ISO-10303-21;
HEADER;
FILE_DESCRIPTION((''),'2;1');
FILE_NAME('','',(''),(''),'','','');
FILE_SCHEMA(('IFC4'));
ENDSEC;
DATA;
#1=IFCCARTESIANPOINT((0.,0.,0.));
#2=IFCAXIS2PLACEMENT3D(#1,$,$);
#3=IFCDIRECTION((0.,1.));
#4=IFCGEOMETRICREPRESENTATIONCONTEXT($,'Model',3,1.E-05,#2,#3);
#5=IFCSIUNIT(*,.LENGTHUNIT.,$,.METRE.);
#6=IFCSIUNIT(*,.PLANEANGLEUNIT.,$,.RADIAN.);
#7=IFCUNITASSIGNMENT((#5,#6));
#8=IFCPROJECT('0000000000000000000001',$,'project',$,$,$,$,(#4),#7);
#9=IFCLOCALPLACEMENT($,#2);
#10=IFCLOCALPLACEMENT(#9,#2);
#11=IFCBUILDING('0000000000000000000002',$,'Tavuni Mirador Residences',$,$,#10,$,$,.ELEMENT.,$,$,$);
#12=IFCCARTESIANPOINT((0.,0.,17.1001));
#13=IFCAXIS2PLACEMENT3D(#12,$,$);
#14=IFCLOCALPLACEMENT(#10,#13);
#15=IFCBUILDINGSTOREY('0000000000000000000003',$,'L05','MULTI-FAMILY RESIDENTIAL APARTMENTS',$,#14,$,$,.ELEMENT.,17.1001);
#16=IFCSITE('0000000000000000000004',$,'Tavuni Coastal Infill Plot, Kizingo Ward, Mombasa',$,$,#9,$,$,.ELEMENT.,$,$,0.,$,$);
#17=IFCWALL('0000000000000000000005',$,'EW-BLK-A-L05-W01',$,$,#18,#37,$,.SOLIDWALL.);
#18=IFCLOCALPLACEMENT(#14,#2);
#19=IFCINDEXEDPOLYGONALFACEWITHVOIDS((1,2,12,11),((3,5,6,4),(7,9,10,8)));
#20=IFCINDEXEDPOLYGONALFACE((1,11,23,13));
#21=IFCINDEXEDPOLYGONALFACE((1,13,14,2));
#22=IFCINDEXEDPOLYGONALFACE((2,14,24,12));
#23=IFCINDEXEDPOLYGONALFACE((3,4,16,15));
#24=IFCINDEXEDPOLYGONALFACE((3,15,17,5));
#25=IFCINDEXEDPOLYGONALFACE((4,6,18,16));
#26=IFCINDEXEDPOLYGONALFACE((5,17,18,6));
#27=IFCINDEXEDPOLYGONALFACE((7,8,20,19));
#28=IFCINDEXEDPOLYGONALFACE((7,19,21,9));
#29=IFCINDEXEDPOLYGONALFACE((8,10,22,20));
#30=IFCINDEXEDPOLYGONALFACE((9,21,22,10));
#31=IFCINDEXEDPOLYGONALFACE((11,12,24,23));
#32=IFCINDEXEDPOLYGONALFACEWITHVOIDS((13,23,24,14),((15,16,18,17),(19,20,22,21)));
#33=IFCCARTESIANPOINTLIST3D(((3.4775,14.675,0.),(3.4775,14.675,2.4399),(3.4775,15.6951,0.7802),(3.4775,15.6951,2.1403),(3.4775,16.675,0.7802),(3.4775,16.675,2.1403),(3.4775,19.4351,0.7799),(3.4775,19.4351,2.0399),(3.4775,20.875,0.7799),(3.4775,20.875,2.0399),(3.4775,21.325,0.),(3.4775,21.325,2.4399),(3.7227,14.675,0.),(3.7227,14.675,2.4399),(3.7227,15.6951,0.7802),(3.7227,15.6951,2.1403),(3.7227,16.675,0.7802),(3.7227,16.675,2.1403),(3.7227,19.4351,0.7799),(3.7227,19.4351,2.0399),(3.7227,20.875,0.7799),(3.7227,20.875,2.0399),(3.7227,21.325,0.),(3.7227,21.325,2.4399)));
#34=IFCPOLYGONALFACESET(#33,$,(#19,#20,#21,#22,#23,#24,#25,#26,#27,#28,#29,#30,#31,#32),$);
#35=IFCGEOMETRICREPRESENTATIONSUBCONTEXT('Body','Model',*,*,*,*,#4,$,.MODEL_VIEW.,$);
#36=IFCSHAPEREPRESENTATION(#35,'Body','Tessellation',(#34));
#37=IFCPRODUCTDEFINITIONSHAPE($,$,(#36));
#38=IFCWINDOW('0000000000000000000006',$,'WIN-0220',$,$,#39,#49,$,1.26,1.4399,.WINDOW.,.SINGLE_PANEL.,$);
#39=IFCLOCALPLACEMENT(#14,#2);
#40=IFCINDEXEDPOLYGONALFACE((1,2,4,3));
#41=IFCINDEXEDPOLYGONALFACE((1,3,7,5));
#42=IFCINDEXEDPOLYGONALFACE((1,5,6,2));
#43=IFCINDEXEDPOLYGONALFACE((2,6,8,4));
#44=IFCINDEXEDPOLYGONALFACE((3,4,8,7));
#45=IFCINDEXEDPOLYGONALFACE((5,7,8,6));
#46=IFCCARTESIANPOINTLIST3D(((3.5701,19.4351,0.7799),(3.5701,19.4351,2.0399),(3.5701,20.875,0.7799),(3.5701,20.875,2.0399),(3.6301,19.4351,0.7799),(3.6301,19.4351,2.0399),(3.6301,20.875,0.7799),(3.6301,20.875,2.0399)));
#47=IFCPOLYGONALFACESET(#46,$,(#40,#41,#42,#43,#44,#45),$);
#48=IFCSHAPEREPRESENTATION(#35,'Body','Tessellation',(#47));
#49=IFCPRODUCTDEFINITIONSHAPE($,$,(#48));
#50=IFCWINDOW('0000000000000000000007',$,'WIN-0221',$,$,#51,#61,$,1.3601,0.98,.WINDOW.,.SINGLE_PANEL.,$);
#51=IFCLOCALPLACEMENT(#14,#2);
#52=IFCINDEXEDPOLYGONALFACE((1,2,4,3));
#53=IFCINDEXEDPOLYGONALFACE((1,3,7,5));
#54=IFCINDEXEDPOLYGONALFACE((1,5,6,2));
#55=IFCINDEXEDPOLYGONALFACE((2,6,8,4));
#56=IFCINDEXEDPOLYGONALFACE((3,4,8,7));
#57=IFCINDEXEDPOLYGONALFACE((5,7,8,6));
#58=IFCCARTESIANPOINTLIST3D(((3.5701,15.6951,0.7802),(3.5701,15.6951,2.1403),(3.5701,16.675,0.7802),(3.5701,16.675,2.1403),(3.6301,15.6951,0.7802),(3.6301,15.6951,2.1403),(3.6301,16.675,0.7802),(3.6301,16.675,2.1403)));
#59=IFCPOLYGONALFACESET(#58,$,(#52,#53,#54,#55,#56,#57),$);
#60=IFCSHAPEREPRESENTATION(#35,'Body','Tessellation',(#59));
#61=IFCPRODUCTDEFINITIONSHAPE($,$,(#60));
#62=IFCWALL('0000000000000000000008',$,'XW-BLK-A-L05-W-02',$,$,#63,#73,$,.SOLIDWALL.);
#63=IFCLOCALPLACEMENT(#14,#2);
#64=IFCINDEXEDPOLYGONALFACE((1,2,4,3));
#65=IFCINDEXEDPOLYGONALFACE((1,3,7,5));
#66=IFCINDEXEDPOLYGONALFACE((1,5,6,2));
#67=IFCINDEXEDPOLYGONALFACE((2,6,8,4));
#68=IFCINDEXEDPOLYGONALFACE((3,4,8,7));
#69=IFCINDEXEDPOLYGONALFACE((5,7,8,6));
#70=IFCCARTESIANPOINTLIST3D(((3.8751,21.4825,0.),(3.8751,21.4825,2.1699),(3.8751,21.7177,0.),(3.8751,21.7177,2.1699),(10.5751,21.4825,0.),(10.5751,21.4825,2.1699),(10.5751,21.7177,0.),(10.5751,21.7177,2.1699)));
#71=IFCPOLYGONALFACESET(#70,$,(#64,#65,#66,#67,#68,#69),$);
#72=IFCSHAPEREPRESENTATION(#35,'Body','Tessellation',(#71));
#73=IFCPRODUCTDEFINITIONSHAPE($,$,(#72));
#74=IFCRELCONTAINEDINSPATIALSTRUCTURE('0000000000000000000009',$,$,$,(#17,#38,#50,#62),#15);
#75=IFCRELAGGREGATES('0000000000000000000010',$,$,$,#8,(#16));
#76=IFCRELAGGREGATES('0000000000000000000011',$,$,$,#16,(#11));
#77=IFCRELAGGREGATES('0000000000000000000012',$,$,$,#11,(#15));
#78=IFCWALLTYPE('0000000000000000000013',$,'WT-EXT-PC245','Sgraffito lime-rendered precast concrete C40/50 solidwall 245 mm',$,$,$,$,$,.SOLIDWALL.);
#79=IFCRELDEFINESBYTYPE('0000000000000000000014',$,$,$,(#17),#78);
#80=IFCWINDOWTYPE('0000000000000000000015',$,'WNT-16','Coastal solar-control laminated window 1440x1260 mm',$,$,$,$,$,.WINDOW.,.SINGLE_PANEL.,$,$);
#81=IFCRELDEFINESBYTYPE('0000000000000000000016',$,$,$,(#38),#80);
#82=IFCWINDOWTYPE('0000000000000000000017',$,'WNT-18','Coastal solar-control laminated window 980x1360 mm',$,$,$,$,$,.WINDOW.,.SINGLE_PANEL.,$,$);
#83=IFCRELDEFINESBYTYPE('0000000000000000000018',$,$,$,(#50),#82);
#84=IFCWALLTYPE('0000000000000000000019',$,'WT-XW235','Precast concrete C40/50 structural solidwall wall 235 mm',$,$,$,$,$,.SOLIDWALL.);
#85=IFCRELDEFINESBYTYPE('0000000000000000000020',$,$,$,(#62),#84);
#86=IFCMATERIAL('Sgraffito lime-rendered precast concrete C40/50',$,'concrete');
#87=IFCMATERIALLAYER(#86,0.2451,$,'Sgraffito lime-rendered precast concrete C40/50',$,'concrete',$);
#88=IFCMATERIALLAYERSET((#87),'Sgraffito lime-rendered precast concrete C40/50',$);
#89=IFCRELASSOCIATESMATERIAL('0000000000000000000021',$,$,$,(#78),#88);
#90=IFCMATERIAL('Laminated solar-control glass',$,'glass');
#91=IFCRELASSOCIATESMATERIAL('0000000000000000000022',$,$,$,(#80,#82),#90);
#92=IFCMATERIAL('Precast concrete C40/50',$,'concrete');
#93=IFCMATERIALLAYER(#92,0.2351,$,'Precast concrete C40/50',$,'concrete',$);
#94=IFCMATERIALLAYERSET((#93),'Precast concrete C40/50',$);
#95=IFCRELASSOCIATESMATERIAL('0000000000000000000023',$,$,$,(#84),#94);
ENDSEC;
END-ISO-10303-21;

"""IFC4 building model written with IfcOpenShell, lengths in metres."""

from ifc_helpers import new_model, si_unit, direction, frame, frame_2d, origin, place, context, subcontext, project, spatial, rectangle, extrude, material, layer, layer_set, type_object, element, fill, save


model = new_model("IFC4")

# Units and contexts
model_context = context("Model", 3, precision=1e-05, world=origin(), true_north=direction((0.0, 1.0)))
body_context = subcontext(model_context, "Body", "Model", "MODEL_VIEW")
ifc_project = project(units=[si_unit("LENGTHUNIT", "METRE"), si_unit("PLANEANGLEUNIT", "RADIAN")], contexts=[model_context])

# Site, building, storey
site_placement = place(None, origin())
site = spatial("IfcSite", under=ifc_project, at=site_placement, Name="Tavuni Coastal Infill Plot, Kizingo Ward, Mombasa", CompositionType="ELEMENT", RefElevation=0.0)
building_placement = place(site_placement, origin())
building = spatial("IfcBuilding", under=site, at=building_placement, Name="Tavuni Mirador Residences", CompositionType="ELEMENT")
storey_placement = place(building_placement, frame((0.0, 0.0, 17.1001)))
storey = spatial("IfcBuildingStorey", under=building, at=storey_placement, Name="L05", Description="MULTI-FAMILY RESIDENTIAL APARTMENTS", CompositionType="ELEMENT", Elevation=17.1001)

# Shared definitions
ifc_material_1 = material(Name="Precast concrete C40/50", Category="concrete")

# Shared definitions
ifc_material_2 = material(Name="Laminated solar-control glass", Category="glass")

# Wall, openings, windows
ifc_material_3 = material(Name="Sgraffito lime-rendered precast concrete C40/50", Category="concrete")
ifc_layer_1 = layer(ifc_material_3, 0.2451, Name="Sgraffito lime-rendered precast concrete C40/50", Category="concrete")
ifc_layer_set_1 = layer_set([ifc_layer_1], Name="Sgraffito lime-rendered precast concrete C40/50")
wall_type_1 = type_object("IfcWallType", Name="WT-EXT-PC245", Description="Sgraffito lime-rendered precast concrete C40/50 solidwall 245 mm", PredefinedType="SOLIDWALL", material=ifc_layer_set_1)
wall_1_placement = place(storey_placement, frame((3.6001, 21.325, 0.0), z_axis=(0.0, 0.0, 1.0), x_axis=(0.0, -1.0, 0.0)))
wall_1 = element("IfcWall", 1, at=wall_1_placement, inside=storey, type_object=wall_type_1, Name="EW-BLK-A-L05-W01", PredefinedType="SOLIDWALL", context=body_context, shape_type="SweptSolid", body=[
    extrude(rectangle(XDim=6.6499, YDim=0.2451, at=frame_2d((3.325, 0.0))), origin(), (0.0, 0.0, 1.0), 2.4399),
])
opening_1_placement = place(wall_1_placement, frame((0.45, 0.0, 0.78)))
opening_1 = element("IfcOpeningElement", 2, at=opening_1_placement, cuts=wall_1, PredefinedType="OPENING", context=body_context, shape_type="SweptSolid", body=[
    extrude(rectangle(XDim=1.4399, YDim=1.26, at=frame_2d((0.72, 0.6299))), frame((0.0, 0.1326, 0.0), z_axis=(0.0, -1.0, 0.0), x_axis=(1.0, 0.0, 0.0)), (0.0, 0.0, 1.0), 0.2651),
])
opening_2_placement = place(wall_1_placement, frame((4.6499, 0.0, 0.78)))
opening_2 = element("IfcOpeningElement", 3, at=opening_2_placement, cuts=wall_1, PredefinedType="OPENING", context=body_context, shape_type="SweptSolid", body=[
    extrude(rectangle(XDim=0.98, YDim=1.3601, at=frame_2d((0.49, 0.6802))), frame((0.0, 0.1326, 0.0), z_axis=(0.0, -1.0, 0.0), x_axis=(1.0, 0.0, 0.0)), (0.0, 0.0, 1.0), 0.2651),
])
window_type_1 = type_object("IfcWindowType", Name="WNT-16", Description="Coastal solar-control laminated window 1440x1260 mm", PartitioningType="SINGLE_PANEL", PredefinedType="WINDOW", material=ifc_material_2)
window_1_placement = place(opening_1_placement, origin())
window_1 = element("IfcWindow", 4, at=window_1_placement, inside=storey, type_object=window_type_1, Name="WIN-0220", OverallHeight=1.26, OverallWidth=1.4399, PartitioningType="SINGLE_PANEL", PredefinedType="WINDOW", context=body_context, shape_type="SweptSolid", body=[
    extrude(rectangle(XDim=1.4399, YDim=1.26, at=frame_2d((0.72, 0.6299))), frame((0.0, 0.03, 0.0), z_axis=(0.0, -1.0, 0.0), x_axis=(1.0, 0.0, 0.0)), (0.0, 0.0, 1.0), 0.0601),
])
fill(opening_1, window_1)
window_type_2 = type_object("IfcWindowType", Name="WNT-18", Description="Coastal solar-control laminated window 980x1360 mm", PartitioningType="SINGLE_PANEL", PredefinedType="WINDOW", material=ifc_material_2)
window_2_placement = place(opening_2_placement, origin())
window_2 = element("IfcWindow", 5, at=window_2_placement, inside=storey, type_object=window_type_2, Name="WIN-0221", OverallHeight=1.3601, OverallWidth=0.98, PartitioningType="SINGLE_PANEL", PredefinedType="WINDOW", context=body_context, shape_type="SweptSolid", body=[
    extrude(rectangle(XDim=0.98, YDim=1.3601, at=frame_2d((0.49, 0.6802))), frame((0.0, 0.03, 0.0), z_axis=(0.0, -1.0, 0.0), x_axis=(1.0, 0.0, 0.0)), (0.0, 0.0, 1.0), 0.0601),
])
fill(opening_2, window_2)

# Wall
ifc_layer_2 = layer(ifc_material_1, 0.2351, Name="Precast concrete C40/50", Category="concrete")
ifc_layer_set_2 = layer_set([ifc_layer_2], Name="Precast concrete C40/50")
wall_type_2 = type_object("IfcWallType", Name="WT-XW235", Description="Precast concrete C40/50 structural solidwall wall 235 mm", PredefinedType="SOLIDWALL", material=ifc_layer_set_2)
wall_2_placement = place(storey_placement, frame((3.875, 21.6001, 0.0), z_axis=(0.0, 0.0, 1.0), x_axis=(1.0, 0.0, 0.0)))
element("IfcWall", 6, at=wall_2_placement, inside=storey, type_object=wall_type_2, Name="XW-BLK-A-L05-W-02", PredefinedType="SOLIDWALL", context=body_context, shape_type="SweptSolid", body=[
    extrude(rectangle(XDim=6.7, YDim=0.2351, at=frame_2d((3.3501, 0.0))), origin(), (0.0, 0.0, 1.0), 2.1699),
])

save(model, "model.ifc")
